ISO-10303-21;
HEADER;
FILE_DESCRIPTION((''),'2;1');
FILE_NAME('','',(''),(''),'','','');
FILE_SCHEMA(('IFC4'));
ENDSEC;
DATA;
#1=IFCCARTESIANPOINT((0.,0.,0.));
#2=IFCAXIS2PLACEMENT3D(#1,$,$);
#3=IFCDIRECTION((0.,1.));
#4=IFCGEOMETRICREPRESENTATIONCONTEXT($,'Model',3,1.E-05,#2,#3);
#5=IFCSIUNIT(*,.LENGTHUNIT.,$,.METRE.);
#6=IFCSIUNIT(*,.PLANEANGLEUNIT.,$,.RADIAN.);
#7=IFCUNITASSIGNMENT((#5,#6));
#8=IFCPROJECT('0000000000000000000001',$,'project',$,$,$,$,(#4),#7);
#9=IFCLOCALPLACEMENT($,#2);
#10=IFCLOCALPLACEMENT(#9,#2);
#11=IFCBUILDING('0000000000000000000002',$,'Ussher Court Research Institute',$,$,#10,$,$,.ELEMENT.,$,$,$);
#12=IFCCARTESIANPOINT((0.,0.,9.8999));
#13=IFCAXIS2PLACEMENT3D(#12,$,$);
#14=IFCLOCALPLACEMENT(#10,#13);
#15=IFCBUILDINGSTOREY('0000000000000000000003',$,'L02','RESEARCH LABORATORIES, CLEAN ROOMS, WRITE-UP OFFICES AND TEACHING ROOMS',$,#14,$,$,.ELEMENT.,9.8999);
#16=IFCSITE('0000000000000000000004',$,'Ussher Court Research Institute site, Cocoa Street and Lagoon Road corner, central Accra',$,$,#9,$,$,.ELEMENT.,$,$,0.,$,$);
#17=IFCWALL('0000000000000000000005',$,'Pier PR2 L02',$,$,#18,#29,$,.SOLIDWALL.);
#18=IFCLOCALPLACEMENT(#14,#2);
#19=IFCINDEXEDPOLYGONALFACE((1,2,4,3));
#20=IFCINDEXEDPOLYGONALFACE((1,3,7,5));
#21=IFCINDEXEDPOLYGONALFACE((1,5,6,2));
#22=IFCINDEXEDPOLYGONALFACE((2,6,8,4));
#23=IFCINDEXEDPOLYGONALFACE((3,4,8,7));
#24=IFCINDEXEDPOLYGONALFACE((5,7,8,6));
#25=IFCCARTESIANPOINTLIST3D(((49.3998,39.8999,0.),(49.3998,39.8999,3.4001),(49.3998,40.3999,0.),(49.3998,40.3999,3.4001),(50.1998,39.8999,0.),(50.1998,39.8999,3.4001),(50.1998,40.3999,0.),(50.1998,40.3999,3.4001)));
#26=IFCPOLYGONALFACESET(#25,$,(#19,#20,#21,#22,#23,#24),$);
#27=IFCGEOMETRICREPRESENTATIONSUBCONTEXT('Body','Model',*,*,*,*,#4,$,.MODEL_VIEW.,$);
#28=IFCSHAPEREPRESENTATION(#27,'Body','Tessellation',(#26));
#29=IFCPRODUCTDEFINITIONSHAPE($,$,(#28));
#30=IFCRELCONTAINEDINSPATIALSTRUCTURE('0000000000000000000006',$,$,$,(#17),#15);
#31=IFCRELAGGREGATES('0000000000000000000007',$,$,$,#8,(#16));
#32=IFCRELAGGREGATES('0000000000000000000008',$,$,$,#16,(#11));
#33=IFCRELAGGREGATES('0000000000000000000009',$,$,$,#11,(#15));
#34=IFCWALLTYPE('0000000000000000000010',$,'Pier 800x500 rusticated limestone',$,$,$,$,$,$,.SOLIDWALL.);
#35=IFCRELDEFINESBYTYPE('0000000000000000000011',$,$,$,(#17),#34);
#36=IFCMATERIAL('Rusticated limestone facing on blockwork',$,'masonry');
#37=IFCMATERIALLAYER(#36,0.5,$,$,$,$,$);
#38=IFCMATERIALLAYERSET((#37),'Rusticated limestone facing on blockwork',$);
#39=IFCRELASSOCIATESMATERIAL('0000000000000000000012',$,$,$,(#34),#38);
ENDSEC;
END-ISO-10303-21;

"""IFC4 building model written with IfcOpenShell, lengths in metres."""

from ifc_helpers import new_model, si_unit, direction, frame, frame_2d, origin, place, context, subcontext, project, spatial, rectangle, extrude, material, layer, layer_set, type_object, element, save


model = new_model("IFC4")

# Units and contexts
model_context = context("Model", 3, precision=1e-05, world=origin(), true_north=direction((0.0, 1.0)))
body_context = subcontext(model_context, "Body", "Model", "MODEL_VIEW")
ifc_project = project(units=[si_unit("LENGTHUNIT", "METRE"), si_unit("PLANEANGLEUNIT", "RADIAN")], contexts=[model_context])

# Site, building, storey
site_placement = place(None, origin())
site = spatial("IfcSite", under=ifc_project, at=site_placement, Name="Ussher Court Research Institute site, Cocoa Street and Lagoon Road corner, central Accra", CompositionType="ELEMENT", RefElevation=0.0)
building_placement = place(site_placement, origin())
building = spatial("IfcBuilding", under=site, at=building_placement, Name="Ussher Court Research Institute", CompositionType="ELEMENT")
storey_placement = place(building_placement, frame((0.0, 0.0, 9.8999)))
storey = spatial("IfcBuildingStorey", under=building, at=storey_placement, Name="L02", Description="RESEARCH LABORATORIES, CLEAN ROOMS, WRITE-UP OFFICES AND TEACHING ROOMS", CompositionType="ELEMENT", Elevation=9.8999)

# Wall
ifc_material_1 = material(Name="Rusticated limestone facing on blockwork", Category="masonry")
ifc_layer_1 = layer(ifc_material_1, 0.5)
ifc_layer_set_1 = layer_set([ifc_layer_1], Name="Rusticated limestone facing on blockwork")
wall_type_1 = type_object("IfcWallType", Name="Pier 800x500 rusticated limestone", PredefinedType="SOLIDWALL", material=ifc_layer_set_1)
wall_1_placement = place(storey_placement, frame((49.3999, 40.1499, 0.0), z_axis=(0.0, 0.0, 1.0), x_axis=(1.0, 0.0, 0.0)))
element("IfcWall", 1, at=wall_1_placement, inside=storey, type_object=wall_type_1, Name="Pier PR2 L02", PredefinedType="SOLIDWALL", context=body_context, shape_type="SweptSolid", body=[
    extrude(rectangle(XDim=0.8, YDim=0.5, at=frame_2d((0.3999, 0.0))), origin(), (0.0, 0.0, 1.0), 3.4001),
])

save(model, "model.ifc")
